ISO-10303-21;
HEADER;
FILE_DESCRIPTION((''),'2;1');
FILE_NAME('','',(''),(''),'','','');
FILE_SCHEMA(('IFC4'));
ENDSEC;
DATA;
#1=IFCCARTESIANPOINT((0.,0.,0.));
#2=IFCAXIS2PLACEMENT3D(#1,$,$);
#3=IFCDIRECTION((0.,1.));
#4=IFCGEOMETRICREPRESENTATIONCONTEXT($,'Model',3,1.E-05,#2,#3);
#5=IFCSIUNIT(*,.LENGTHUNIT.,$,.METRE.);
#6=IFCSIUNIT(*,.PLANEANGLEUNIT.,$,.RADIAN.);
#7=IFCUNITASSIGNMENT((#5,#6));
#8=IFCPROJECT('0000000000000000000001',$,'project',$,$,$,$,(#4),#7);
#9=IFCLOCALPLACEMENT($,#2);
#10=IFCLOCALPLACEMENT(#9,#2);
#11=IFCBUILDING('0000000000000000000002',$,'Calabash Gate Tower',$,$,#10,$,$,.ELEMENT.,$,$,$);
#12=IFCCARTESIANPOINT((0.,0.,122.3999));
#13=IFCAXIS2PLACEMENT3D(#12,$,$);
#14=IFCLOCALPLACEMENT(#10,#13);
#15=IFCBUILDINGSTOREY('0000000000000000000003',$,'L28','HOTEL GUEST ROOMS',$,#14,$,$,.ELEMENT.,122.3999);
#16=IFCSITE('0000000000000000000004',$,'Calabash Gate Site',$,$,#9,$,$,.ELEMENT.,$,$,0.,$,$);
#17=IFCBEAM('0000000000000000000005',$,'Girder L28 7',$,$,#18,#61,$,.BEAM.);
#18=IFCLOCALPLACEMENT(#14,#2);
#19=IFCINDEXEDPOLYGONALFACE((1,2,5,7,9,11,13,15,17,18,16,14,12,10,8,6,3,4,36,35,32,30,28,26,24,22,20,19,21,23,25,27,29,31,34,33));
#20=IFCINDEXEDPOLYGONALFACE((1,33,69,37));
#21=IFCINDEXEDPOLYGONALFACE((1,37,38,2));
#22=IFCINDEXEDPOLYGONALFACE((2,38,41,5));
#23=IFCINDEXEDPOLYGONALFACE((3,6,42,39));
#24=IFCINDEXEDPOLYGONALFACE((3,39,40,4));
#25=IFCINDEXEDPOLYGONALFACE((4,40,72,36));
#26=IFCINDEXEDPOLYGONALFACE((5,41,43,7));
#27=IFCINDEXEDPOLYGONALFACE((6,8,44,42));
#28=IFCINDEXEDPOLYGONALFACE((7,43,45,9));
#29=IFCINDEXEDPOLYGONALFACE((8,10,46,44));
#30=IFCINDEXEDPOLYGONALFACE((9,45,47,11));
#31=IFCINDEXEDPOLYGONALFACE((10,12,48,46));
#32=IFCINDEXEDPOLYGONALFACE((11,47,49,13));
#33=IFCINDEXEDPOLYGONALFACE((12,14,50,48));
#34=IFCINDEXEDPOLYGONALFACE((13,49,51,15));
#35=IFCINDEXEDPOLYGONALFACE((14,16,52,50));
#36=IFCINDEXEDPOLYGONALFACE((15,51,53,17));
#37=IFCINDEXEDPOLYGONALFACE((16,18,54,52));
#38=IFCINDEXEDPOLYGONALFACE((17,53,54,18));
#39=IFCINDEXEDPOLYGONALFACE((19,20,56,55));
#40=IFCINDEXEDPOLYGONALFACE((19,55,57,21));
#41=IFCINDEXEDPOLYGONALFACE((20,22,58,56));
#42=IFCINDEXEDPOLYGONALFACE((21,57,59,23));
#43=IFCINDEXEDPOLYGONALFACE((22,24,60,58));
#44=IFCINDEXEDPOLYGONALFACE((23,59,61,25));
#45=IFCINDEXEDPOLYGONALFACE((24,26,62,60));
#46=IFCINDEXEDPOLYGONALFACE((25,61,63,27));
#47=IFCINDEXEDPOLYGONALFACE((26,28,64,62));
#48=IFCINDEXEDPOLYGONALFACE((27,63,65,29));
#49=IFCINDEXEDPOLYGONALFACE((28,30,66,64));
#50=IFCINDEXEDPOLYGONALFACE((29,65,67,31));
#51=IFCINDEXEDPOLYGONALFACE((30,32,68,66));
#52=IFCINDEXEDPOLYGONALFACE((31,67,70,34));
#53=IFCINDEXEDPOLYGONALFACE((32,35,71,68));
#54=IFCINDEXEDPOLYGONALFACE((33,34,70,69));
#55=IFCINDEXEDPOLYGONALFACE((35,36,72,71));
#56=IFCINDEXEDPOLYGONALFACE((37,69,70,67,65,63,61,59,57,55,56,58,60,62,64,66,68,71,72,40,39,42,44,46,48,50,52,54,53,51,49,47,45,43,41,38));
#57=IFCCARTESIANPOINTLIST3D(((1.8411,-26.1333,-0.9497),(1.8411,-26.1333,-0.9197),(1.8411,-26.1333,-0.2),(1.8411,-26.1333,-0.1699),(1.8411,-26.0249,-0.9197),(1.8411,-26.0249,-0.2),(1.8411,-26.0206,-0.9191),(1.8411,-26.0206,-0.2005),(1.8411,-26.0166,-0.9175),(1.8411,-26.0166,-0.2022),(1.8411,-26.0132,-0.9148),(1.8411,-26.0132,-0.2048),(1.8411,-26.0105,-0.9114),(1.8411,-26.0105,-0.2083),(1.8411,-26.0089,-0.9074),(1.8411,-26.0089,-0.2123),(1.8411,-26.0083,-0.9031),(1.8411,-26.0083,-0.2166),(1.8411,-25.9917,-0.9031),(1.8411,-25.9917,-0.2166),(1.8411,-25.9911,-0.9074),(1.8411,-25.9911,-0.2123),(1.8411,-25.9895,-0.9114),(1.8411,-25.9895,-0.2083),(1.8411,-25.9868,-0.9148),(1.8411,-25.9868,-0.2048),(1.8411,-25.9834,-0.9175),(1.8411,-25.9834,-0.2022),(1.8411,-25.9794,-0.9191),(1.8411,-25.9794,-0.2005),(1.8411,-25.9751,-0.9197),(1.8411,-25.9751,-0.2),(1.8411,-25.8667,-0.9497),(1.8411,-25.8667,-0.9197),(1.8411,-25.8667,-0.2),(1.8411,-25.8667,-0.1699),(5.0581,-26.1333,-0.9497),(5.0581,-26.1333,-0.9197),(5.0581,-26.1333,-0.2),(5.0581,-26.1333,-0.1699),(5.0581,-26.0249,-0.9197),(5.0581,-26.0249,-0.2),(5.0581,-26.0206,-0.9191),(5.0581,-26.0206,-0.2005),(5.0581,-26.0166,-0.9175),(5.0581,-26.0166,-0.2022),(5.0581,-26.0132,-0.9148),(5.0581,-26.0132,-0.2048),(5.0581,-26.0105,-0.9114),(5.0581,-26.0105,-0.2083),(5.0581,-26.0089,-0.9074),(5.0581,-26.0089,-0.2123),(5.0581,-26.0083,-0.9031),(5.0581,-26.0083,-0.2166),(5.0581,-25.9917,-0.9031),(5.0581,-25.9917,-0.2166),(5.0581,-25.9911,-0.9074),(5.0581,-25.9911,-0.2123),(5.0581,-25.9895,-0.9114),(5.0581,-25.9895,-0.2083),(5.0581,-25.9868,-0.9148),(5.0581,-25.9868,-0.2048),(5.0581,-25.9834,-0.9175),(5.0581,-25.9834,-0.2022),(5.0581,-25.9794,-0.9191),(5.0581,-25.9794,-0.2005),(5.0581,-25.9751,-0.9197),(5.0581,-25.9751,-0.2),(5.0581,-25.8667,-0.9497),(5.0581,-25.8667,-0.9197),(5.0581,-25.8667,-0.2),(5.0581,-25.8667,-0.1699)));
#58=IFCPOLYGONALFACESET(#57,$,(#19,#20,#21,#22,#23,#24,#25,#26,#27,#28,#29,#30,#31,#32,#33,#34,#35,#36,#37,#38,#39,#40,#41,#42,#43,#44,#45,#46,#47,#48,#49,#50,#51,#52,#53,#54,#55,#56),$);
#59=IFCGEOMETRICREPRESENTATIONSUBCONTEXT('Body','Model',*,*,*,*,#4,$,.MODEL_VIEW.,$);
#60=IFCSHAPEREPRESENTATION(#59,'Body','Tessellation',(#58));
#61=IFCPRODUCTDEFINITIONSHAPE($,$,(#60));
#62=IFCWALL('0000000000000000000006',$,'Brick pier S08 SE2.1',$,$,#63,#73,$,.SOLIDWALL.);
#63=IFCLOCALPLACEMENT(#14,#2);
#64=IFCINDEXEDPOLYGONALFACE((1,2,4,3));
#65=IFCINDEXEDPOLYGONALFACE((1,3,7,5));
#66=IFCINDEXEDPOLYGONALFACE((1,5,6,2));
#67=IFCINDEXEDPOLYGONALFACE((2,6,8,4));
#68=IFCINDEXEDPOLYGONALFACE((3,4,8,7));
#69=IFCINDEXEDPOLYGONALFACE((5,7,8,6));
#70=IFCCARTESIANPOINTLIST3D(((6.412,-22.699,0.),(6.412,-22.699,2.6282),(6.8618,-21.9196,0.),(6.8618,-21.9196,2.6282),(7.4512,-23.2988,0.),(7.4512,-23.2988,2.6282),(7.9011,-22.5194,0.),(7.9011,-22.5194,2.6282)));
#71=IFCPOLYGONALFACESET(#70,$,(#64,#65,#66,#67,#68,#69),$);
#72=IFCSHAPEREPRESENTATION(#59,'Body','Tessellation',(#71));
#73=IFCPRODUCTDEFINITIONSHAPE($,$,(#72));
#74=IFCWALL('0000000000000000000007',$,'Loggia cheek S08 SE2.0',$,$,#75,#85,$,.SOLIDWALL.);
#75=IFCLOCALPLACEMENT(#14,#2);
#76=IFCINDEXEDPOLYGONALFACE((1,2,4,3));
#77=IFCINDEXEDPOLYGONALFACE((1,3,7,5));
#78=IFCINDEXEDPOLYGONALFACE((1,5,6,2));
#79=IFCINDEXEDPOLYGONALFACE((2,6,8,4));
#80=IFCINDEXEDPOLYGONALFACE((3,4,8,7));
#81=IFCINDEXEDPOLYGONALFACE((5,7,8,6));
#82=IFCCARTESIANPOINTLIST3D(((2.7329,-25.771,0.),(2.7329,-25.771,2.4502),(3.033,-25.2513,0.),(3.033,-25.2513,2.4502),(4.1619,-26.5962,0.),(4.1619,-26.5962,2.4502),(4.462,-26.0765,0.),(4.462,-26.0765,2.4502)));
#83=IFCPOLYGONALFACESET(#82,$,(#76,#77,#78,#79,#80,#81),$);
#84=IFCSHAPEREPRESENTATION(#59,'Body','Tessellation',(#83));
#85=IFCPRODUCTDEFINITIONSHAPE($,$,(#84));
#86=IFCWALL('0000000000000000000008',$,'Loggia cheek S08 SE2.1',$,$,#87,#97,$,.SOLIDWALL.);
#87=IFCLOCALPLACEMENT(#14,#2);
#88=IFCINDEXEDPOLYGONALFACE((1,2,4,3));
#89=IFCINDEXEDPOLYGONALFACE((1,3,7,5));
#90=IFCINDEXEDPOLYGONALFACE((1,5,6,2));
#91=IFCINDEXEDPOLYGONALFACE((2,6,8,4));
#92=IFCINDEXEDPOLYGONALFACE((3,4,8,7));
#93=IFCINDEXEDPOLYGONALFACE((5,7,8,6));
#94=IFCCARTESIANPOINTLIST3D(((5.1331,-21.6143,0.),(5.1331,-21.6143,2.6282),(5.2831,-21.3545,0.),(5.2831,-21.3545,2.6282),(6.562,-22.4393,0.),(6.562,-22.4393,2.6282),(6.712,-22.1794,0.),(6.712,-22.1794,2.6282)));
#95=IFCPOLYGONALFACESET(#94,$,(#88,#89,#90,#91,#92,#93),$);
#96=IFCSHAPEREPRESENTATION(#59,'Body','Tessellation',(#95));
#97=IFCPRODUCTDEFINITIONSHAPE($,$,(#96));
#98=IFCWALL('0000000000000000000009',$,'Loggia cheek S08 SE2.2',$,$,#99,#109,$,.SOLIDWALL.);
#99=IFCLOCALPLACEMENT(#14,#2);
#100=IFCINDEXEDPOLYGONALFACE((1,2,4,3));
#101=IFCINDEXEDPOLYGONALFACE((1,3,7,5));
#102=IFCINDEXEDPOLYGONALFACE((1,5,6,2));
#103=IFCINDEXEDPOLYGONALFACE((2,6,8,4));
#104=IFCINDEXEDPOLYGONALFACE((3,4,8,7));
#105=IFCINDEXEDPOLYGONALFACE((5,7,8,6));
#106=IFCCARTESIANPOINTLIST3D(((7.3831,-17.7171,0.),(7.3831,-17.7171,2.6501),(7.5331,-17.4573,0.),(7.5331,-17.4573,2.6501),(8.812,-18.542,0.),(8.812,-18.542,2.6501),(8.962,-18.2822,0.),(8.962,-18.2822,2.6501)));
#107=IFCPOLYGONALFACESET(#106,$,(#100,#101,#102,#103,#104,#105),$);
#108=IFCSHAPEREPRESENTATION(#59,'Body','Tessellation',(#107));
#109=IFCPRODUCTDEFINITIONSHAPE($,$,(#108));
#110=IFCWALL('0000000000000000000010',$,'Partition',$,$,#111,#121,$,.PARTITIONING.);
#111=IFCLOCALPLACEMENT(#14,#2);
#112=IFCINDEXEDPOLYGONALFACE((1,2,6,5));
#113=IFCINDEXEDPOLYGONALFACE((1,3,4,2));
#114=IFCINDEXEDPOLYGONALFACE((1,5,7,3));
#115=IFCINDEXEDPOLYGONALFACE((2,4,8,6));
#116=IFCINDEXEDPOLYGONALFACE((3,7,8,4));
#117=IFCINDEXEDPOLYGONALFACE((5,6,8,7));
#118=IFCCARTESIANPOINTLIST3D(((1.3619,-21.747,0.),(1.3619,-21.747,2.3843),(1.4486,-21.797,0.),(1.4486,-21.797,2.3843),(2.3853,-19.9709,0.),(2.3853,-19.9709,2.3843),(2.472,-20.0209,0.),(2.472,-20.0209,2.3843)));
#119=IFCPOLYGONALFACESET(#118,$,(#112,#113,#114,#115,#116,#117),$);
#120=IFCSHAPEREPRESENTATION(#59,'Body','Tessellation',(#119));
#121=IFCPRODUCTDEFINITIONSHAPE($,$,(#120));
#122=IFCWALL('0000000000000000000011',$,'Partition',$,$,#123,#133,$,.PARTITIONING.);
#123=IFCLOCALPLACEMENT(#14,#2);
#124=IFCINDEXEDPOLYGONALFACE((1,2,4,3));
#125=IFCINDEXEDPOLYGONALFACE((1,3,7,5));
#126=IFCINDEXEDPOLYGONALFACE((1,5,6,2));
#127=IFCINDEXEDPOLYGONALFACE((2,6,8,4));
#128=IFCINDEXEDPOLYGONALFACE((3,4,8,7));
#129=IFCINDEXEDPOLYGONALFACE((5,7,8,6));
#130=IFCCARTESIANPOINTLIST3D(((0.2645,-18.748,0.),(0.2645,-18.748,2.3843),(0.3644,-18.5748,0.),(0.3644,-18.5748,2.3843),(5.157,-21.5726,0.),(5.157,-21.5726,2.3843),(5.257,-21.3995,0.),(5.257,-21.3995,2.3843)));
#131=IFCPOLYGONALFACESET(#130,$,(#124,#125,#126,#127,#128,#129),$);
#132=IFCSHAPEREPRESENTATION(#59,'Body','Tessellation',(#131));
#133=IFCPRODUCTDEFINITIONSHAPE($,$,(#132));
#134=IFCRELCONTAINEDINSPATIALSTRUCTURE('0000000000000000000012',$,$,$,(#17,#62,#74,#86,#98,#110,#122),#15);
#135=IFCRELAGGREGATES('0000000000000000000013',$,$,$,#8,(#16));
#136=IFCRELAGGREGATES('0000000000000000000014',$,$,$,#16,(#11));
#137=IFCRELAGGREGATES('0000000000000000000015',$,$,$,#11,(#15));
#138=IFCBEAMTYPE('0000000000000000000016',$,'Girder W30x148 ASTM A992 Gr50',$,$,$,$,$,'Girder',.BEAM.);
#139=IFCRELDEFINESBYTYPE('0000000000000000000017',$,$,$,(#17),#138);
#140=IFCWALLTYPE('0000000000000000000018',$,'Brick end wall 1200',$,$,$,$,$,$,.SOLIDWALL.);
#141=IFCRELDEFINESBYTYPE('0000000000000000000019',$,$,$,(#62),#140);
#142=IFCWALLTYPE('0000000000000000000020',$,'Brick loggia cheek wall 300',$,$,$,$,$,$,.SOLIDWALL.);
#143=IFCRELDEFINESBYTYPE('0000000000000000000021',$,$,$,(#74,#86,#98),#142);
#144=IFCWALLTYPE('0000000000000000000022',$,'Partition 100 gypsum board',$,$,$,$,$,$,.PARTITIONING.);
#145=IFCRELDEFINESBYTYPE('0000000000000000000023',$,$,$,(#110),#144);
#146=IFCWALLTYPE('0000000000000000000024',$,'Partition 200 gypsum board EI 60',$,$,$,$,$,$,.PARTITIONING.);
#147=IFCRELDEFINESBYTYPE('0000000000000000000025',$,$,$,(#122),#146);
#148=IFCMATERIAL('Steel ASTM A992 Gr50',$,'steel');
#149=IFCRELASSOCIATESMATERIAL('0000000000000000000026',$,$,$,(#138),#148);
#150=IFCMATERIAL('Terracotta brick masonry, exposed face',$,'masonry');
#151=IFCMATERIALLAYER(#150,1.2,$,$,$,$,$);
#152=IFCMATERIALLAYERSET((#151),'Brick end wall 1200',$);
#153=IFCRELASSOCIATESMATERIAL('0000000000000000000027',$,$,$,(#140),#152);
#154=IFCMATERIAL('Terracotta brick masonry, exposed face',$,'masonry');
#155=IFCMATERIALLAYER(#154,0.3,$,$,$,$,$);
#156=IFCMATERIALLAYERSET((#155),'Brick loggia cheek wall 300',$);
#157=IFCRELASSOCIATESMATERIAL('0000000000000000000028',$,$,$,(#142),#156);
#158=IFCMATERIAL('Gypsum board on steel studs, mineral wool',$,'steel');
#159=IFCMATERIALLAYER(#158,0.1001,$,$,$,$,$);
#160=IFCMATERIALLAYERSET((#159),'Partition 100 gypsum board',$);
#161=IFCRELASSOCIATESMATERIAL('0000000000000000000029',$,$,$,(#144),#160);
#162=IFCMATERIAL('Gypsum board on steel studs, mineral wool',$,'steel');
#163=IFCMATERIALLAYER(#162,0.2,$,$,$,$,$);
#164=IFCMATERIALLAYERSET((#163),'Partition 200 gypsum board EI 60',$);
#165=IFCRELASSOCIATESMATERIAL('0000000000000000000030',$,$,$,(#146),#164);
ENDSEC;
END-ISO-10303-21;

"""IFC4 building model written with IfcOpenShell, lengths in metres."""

from ifc_helpers import new_model, si_unit, direction, frame, frame_2d, origin, origin_2d, place, context, subcontext, project, spatial, rectangle, i_section, extrude, material, layer, layer_set, material_profile, profile_set, type_object, element, save


model = new_model("IFC4")

# Units and contexts
model_context = context("Model", 3, precision=1e-05, world=origin(), true_north=direction((0.0, 1.0)))
body_context = subcontext(model_context, "Body", "Model", "MODEL_VIEW")
ifc_project = project(units=[si_unit("LENGTHUNIT", "METRE"), si_unit("PLANEANGLEUNIT", "RADIAN")], contexts=[model_context])

# Site, building, storey
site_placement = place(None, origin())
site = spatial("IfcSite", under=ifc_project, at=site_placement, Name="Calabash Gate Site", CompositionType="ELEMENT", RefElevation=0.0)
building_placement = place(site_placement, origin())
building = spatial("IfcBuilding", under=site, at=building_placement, Name="Calabash Gate Tower", CompositionType="ELEMENT")
storey_placement = place(building_placement, frame((0.0, 0.0, 122.3999)))
storey = spatial("IfcBuildingStorey", under=building, at=storey_placement, Name="L28", Description="HOTEL GUEST ROOMS", CompositionType="ELEMENT", Elevation=122.3999)

# Beam
ifc_material_1 = material(Name="Steel ASTM A992 Gr50", Category="steel")
ifc_material_profile_1 = material_profile(ifc_material_1, i_section(OverallWidth=0.2666, OverallDepth=0.7798, WebThickness=0.0166, FlangeThickness=0.03, FilletRadius=0.0166, at=origin_2d()))
ifc_profile_set_1 = profile_set([ifc_material_profile_1], Name="Steel ASTM A992 Gr50")
beam_type_1 = type_object("IfcBeamType", Name="Girder W30x148 ASTM A992 Gr50", ElementType="Girder", PredefinedType="BEAM", material=ifc_profile_set_1)
beam_1_placement = place(storey_placement, frame((1.8411, -26.0, -0.5598), z_axis=(1.0, 0.0, 0.0), x_axis=(0.0, 1.0, 0.0)))
element("IfcBeam", 1, at=beam_1_placement, inside=storey, type_object=beam_type_1, Name="Girder L28 7", PredefinedType="BEAM", context=body_context, shape_type="SweptSolid", body=[
    extrude(i_section(OverallWidth=0.2666, OverallDepth=0.7798, WebThickness=0.0166, FlangeThickness=0.03, FilletRadius=0.0166, at=origin_2d()), origin(), (0.0, 0.0, 1.0), 3.217),
])

# Walls
ifc_material_2 = material(Name="Terracotta brick masonry, exposed face", Category="masonry")
ifc_layer_1 = layer(ifc_material_2, 1.2)
ifc_layer_set_1 = layer_set([ifc_layer_1], Name="Brick end wall 1200")
wall_type_1 = type_object("IfcWallType", Name="Brick end wall 1200", PredefinedType="SOLIDWALL", material=ifc_layer_set_1)
wall_1_placement = place(storey_placement, frame((7.6763, -22.9092, 0.0), z_axis=(0.0, 0.0, 1.0), x_axis=(-0.866094, 0.499881, 0.0)))
element("IfcWall", 2, at=wall_1_placement, inside=storey, type_object=wall_type_1, Name="Brick pier S08 SE2.1", PredefinedType="SOLIDWALL", context=body_context, shape_type="SweptSolid", body=[
    extrude(rectangle(XDim=1.2, YDim=0.8999, at=frame_2d((0.6001, 0.0))), origin(), (0.0, 0.0, 1.0), 2.6282),
])
ifc_material_3 = material(Name="Terracotta brick masonry, exposed face", Category="masonry")
ifc_layer_2 = layer(ifc_material_3, 0.3)
ifc_layer_set_2 = layer_set([ifc_layer_2], Name="Brick loggia cheek wall 300")
wall_type_2 = type_object("IfcWallType", Name="Brick loggia cheek wall 300", PredefinedType="SOLIDWALL", material=ifc_layer_set_2)
wall_2_placement = place(storey_placement, frame((4.312, -26.3364, 0.0), z_axis=(0.0, 0.0, 1.0), x_axis=(-0.865976, 0.500085, 0.0)))
element("IfcWall", 3, at=wall_2_placement, inside=storey, type_object=wall_type_2, Name="Loggia cheek S08 SE2.0", PredefinedType="SOLIDWALL", context=body_context, shape_type="SweptSolid", body=[
    extrude(rectangle(XDim=1.6501, YDim=0.6001, at=frame_2d((0.8252, 0.0))), origin(), (0.0, 0.0, 1.0), 2.4502),
])
wall_3_placement = place(storey_placement, frame((6.637, -22.3093, 0.0), z_axis=(0.0, 0.0, 1.0), x_axis=(-0.86604, 0.499974, 0.0)))
element("IfcWall", 4, at=wall_3_placement, inside=storey, type_object=wall_type_2, Name="Loggia cheek S08 SE2.1", PredefinedType="SOLIDWALL", context=body_context, shape_type="SweptSolid", body=[
    extrude(rectangle(XDim=1.6499, YDim=0.3, at=frame_2d((0.825, 0.0))), origin(), (0.0, 0.0, 1.0), 2.6282),
])
wall_4_placement = place(storey_placement, frame((8.887, -18.4121, 0.0), z_axis=(0.0, 0.0, 1.0), x_axis=(-0.86604, 0.499974, 0.0)))
element("IfcWall", 5, at=wall_4_placement, inside=storey, type_object=wall_type_2, Name="Loggia cheek S08 SE2.2", PredefinedType="SOLIDWALL", context=body_context, shape_type="SweptSolid", body=[
    extrude(rectangle(XDim=1.6499, YDim=0.3, at=frame_2d((0.825, 0.0))), origin(), (0.0, 0.0, 1.0), 2.6501),
])
ifc_material_4 = material(Name="Gypsum board on steel studs, mineral wool", Category="steel")
ifc_layer_3 = layer(ifc_material_4, 0.1001)
ifc_layer_set_3 = layer_set([ifc_layer_3], Name="Partition 100 gypsum board")
wall_type_3 = type_object("IfcWallType", Name="Partition 100 gypsum board", PredefinedType="PARTITIONING", material=ifc_layer_set_3)
wall_5_placement = place(storey_placement, frame((1.4053, -21.772, 0.0), z_axis=(0.0, 0.0, 1.0), x_axis=(0.499265, 0.866449, 0.0)))
element("IfcWall", 6, at=wall_5_placement, inside=storey, type_object=wall_type_3, Name="Partition", PredefinedType="PARTITIONING", context=body_context, shape_type="SweptSolid", body=[
    extrude(rectangle(XDim=2.0498, YDim=0.1001, at=frame_2d((1.0249, 0.0))), origin(), (0.0, 0.0, 1.0), 2.3843),
])
ifc_material_5 = material(Name="Gypsum board on steel studs, mineral wool", Category="steel")
ifc_layer_4 = layer(ifc_material_5, 0.2)
ifc_layer_set_4 = layer_set([ifc_layer_4], Name="Partition 200 gypsum board EI 60")
wall_type_4 = type_object("IfcWallType", Name="Partition 200 gypsum board EI 60", PredefinedType="PARTITIONING", material=ifc_layer_set_4)
wall_6_placement = place(storey_placement, frame((0.3145, -18.6614, 0.0), z_axis=(0.0, 0.0, 1.0), x_axis=(0.866027, -0.499997, 0.0)))
element("IfcWall", 7, at=wall_6_placement, inside=storey, type_object=wall_type_4, Name="Partition", PredefinedType="PARTITIONING", context=body_context, shape_type="SweptSolid", body=[
    extrude(rectangle(XDim=5.6494, YDim=0.2, at=frame_2d((2.8247, 0.0))), origin(), (0.0, 0.0, 1.0), 2.3843),
])

save(model, "model.ifc")
